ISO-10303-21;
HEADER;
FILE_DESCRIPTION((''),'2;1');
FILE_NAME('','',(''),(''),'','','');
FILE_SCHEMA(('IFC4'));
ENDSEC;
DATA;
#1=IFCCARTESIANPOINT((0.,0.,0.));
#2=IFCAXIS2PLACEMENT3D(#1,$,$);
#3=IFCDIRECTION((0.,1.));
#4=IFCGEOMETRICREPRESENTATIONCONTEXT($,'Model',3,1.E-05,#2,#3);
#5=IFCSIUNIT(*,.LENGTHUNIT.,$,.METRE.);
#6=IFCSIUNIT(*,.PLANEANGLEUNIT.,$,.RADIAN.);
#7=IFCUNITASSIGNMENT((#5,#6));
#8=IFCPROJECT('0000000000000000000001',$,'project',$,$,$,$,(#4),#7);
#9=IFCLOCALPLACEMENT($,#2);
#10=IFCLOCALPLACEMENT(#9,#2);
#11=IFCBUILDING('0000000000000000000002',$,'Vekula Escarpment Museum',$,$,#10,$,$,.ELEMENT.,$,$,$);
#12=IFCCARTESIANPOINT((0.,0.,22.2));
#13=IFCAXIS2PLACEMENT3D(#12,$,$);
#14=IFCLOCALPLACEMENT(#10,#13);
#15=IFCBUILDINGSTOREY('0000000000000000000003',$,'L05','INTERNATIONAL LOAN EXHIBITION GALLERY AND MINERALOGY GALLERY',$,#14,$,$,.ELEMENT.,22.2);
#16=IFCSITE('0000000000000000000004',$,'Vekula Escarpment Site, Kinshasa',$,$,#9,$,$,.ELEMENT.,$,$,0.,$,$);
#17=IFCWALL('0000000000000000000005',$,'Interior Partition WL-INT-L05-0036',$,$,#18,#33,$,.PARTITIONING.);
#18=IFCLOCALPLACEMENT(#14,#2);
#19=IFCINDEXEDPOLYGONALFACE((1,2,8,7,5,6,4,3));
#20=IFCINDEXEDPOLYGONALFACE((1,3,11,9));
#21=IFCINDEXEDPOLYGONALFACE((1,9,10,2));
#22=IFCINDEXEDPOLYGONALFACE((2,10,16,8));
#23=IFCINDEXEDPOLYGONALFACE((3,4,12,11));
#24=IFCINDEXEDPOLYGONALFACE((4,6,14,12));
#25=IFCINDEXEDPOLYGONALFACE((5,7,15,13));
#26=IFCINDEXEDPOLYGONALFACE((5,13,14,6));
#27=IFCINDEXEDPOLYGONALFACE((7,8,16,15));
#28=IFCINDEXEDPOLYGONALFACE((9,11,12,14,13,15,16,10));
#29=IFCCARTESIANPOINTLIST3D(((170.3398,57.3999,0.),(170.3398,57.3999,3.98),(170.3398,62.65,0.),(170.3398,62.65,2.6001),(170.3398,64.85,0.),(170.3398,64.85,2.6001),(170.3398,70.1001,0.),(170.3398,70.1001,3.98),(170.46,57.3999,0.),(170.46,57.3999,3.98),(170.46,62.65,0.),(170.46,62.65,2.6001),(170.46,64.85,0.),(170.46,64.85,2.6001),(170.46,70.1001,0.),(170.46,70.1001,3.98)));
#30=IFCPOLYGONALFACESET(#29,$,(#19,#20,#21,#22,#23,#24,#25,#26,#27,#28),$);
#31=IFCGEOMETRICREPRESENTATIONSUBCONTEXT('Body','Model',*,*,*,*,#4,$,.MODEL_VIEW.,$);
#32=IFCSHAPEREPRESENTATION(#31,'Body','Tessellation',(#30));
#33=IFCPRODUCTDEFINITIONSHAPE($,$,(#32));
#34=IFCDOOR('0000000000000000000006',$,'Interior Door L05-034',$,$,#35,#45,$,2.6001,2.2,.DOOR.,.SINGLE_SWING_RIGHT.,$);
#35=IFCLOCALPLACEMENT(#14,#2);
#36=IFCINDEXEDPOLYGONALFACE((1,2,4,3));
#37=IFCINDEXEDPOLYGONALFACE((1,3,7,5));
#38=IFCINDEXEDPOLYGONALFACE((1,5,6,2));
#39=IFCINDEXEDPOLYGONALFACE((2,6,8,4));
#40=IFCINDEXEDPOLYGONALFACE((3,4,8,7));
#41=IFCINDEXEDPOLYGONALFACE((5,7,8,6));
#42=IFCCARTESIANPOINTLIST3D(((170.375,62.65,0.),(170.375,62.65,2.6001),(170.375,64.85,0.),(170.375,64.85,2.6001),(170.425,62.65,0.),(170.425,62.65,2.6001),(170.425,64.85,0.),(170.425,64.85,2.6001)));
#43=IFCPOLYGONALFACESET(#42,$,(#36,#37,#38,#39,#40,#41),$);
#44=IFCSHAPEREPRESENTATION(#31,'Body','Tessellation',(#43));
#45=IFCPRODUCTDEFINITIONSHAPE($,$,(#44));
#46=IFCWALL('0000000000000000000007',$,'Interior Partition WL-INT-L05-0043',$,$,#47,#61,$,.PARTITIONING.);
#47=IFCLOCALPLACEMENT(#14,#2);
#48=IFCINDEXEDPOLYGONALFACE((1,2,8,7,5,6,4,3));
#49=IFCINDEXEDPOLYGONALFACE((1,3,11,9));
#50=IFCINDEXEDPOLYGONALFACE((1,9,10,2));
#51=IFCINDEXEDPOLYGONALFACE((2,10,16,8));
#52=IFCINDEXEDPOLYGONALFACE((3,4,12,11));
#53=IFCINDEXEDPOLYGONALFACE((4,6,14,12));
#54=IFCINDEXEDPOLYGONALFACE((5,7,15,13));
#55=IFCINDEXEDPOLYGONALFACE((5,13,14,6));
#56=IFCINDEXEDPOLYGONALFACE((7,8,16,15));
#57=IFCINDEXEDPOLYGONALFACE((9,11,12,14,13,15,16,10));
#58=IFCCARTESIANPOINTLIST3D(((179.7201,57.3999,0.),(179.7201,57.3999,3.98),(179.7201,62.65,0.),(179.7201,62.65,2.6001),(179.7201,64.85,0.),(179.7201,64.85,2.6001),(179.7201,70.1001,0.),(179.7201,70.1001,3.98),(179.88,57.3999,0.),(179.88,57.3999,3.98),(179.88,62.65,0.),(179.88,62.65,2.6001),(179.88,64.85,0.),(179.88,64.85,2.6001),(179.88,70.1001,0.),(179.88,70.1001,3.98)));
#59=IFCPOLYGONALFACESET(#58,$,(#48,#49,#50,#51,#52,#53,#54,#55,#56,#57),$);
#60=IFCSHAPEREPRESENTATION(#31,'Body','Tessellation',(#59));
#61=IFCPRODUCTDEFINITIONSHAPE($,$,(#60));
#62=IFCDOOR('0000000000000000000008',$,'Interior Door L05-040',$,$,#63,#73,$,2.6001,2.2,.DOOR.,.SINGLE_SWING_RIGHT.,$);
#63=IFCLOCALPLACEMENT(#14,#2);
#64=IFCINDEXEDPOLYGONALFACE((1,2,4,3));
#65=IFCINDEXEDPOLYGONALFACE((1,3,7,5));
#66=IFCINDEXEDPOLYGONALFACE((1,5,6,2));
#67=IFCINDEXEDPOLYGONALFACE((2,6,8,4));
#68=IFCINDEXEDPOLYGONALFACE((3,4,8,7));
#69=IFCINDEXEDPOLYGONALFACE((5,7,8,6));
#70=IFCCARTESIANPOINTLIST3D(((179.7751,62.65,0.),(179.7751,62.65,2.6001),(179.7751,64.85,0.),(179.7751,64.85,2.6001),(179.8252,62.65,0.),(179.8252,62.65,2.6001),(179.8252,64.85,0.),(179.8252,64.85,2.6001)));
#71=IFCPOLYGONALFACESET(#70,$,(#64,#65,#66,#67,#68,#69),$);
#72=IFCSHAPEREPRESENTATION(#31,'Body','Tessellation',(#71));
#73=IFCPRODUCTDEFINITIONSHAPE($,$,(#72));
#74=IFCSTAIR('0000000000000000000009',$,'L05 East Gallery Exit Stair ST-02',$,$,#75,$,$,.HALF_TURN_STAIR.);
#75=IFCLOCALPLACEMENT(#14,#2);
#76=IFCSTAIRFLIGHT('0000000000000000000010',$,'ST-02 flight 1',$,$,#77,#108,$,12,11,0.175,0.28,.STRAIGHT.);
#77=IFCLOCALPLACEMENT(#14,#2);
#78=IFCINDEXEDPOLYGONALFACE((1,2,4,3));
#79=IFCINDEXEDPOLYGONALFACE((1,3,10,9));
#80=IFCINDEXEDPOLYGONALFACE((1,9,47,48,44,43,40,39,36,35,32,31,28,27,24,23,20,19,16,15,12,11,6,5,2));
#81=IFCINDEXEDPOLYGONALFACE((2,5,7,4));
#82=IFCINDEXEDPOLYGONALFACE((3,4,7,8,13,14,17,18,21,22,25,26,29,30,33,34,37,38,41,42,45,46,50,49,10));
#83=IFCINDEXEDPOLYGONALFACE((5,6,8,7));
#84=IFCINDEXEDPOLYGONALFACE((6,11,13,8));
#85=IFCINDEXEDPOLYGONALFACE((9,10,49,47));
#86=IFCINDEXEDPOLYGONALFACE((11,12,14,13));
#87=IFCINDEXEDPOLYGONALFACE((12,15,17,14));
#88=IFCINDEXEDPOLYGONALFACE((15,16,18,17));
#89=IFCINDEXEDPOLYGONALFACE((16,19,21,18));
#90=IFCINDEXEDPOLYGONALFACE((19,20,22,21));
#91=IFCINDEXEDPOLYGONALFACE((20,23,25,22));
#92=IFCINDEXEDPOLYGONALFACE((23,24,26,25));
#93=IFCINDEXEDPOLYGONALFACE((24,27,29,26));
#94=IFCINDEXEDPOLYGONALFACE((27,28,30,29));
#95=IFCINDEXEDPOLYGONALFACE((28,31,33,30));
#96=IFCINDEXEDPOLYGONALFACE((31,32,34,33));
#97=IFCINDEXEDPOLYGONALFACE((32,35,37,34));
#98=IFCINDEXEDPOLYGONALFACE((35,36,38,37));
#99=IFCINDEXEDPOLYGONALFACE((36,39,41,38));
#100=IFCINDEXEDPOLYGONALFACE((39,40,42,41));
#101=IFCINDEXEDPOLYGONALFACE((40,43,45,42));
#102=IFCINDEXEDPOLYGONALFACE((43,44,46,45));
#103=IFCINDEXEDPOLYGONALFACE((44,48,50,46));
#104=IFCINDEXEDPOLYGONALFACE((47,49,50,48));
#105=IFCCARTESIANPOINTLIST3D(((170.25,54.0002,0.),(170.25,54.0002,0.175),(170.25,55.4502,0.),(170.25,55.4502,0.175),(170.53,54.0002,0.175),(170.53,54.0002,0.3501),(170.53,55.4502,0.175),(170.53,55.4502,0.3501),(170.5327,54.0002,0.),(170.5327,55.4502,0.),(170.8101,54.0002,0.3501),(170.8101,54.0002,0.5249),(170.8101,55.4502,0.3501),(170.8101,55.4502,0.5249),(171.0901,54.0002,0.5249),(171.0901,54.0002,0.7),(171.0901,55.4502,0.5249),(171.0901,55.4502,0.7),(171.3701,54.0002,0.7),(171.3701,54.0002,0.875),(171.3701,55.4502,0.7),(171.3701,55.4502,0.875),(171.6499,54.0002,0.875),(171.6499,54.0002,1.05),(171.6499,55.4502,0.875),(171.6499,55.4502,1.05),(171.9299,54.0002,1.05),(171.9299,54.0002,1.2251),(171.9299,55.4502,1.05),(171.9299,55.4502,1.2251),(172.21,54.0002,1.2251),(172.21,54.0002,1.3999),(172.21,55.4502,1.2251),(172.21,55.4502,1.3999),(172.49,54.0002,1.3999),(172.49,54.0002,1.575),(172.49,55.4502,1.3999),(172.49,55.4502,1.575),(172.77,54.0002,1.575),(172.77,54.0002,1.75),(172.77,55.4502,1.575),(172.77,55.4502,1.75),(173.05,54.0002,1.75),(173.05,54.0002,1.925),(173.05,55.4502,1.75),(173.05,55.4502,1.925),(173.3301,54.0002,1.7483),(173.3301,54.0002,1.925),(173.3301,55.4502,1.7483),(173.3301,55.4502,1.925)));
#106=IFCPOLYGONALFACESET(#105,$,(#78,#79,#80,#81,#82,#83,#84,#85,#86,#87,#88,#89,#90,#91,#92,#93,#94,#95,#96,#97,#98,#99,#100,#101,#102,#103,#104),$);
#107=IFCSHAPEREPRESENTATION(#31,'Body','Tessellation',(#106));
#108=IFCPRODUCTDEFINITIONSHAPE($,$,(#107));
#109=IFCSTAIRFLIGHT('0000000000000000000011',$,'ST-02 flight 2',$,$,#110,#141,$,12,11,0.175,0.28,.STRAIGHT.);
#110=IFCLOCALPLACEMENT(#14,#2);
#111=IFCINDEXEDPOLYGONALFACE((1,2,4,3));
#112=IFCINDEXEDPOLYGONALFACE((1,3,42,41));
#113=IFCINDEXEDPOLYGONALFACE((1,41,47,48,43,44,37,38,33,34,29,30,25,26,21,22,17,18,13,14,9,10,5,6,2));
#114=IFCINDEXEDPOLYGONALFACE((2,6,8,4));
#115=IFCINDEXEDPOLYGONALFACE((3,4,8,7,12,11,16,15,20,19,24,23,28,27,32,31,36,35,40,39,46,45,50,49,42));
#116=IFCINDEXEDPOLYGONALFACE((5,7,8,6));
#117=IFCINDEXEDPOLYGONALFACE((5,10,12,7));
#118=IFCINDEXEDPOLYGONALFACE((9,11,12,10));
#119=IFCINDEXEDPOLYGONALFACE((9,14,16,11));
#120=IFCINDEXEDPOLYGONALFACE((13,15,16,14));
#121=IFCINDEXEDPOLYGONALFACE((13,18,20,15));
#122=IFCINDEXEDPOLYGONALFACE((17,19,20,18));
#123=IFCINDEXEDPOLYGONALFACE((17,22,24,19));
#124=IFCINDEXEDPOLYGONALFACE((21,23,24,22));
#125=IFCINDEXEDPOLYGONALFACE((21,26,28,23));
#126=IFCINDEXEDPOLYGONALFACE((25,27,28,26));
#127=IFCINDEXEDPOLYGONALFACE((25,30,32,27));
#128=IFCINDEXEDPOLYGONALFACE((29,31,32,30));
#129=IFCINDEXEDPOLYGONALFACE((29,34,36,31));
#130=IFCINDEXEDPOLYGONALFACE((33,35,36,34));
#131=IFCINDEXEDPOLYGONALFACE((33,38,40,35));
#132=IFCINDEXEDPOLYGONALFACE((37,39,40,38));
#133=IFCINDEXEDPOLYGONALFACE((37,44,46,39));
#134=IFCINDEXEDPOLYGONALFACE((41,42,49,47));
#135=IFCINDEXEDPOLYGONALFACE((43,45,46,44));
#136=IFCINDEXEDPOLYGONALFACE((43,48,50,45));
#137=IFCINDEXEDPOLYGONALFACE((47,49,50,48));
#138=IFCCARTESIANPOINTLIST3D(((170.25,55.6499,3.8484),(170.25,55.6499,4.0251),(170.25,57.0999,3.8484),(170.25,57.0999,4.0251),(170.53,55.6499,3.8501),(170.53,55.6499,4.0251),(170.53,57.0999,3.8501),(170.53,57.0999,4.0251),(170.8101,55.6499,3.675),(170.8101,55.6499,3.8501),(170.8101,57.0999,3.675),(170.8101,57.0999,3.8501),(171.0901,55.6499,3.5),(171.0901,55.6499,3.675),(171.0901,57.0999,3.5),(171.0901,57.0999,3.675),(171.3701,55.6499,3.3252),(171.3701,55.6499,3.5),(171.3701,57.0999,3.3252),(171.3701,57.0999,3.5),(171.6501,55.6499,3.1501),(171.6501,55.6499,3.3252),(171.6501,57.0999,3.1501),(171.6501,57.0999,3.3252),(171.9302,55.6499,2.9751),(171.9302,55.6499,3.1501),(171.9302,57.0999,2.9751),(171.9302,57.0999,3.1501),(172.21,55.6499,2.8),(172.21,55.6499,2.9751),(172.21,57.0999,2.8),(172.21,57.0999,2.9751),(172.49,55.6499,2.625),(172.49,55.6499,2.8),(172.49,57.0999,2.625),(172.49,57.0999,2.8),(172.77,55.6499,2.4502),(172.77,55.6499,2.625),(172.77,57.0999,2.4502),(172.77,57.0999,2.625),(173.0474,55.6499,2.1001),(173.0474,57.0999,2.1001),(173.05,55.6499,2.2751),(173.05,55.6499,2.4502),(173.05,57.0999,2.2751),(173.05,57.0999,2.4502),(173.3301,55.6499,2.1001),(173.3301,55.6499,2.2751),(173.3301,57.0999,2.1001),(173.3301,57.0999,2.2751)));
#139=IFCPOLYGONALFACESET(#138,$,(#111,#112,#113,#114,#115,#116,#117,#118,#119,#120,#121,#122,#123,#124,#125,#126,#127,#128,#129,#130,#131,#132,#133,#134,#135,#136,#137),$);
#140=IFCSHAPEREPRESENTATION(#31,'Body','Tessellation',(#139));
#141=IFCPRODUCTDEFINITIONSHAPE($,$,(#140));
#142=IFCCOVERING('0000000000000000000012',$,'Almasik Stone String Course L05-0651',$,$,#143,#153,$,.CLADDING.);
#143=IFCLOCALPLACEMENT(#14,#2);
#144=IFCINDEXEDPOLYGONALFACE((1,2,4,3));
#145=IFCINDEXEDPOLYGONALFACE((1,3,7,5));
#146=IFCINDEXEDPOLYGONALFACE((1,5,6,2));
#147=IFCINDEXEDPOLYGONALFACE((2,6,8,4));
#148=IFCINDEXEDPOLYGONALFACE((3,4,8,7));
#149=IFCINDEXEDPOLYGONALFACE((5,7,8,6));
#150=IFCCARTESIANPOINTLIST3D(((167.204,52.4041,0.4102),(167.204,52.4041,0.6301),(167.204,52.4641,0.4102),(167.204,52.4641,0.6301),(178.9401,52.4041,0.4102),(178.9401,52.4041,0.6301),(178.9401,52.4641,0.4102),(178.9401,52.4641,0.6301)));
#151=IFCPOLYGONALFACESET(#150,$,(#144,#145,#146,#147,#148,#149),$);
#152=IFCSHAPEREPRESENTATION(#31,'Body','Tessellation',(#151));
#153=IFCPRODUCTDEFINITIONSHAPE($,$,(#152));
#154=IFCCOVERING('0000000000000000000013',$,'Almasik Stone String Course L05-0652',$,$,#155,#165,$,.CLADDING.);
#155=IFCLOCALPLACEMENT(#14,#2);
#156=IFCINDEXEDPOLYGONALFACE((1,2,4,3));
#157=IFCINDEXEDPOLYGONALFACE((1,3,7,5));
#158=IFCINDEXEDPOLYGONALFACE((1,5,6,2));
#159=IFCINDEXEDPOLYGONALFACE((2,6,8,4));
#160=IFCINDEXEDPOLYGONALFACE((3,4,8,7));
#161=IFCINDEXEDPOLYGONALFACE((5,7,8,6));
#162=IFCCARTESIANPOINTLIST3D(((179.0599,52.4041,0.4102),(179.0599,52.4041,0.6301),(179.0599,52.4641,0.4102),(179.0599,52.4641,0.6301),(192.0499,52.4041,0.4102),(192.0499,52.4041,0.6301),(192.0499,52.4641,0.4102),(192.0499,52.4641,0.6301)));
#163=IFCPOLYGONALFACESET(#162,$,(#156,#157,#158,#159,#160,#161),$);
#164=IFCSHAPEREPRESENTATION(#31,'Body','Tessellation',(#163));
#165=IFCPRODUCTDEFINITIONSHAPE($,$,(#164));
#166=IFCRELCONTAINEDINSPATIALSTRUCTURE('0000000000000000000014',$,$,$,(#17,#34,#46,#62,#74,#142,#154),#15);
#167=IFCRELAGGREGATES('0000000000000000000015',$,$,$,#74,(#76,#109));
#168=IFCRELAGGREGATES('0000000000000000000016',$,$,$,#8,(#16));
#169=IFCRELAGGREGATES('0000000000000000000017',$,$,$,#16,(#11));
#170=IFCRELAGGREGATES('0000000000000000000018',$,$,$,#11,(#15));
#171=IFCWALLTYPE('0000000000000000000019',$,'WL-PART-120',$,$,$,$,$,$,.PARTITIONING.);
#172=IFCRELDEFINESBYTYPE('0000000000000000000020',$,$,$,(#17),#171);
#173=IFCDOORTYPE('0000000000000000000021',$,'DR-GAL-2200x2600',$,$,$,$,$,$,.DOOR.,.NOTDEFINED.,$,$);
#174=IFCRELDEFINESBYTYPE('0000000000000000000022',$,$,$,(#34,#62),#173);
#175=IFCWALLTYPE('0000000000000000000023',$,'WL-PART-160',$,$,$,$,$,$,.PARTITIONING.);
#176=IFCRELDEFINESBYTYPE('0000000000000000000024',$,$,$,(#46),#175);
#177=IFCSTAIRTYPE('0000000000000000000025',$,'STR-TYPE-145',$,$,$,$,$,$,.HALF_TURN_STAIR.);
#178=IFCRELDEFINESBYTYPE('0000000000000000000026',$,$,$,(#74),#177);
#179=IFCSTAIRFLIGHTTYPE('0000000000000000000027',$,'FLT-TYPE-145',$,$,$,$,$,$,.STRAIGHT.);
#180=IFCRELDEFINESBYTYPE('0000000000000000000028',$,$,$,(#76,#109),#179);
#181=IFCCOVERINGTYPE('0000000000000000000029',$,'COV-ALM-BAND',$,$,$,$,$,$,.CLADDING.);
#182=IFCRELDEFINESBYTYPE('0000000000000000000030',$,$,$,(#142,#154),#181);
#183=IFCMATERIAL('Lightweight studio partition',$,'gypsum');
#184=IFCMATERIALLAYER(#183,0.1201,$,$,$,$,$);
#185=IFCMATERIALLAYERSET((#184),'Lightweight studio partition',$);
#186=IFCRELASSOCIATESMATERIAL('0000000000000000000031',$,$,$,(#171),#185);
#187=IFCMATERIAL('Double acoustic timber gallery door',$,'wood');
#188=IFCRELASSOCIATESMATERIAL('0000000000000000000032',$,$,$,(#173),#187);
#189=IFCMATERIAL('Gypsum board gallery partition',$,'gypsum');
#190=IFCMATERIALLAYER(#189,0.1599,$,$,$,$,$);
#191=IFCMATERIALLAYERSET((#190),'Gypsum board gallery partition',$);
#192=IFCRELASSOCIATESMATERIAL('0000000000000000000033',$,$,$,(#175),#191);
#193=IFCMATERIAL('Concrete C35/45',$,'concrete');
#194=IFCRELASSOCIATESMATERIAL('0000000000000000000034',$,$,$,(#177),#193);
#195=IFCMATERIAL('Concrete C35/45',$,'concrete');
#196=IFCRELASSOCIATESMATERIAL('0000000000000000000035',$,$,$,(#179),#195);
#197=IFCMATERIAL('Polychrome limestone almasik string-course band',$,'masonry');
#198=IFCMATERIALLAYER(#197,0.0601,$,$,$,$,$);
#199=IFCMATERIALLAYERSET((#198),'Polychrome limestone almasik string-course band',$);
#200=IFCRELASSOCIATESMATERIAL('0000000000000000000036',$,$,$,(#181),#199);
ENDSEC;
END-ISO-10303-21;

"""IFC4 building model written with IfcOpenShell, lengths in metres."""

from ifc_helpers import new_model, si_unit, direction, frame, frame_2d, origin, origin_2d, place, context, subcontext, project, spatial, polyline, rectangle, outline, extrude, material, layer, layer_set, type_object, element, fill, aggregate, save


model = new_model("IFC4")

# Units and contexts
model_context = context("Model", 3, precision=1e-05, world=origin(), true_north=direction((0.0, 1.0)))
body_context = subcontext(model_context, "Body", "Model", "MODEL_VIEW")
ifc_project = project(units=[si_unit("LENGTHUNIT", "METRE"), si_unit("PLANEANGLEUNIT", "RADIAN")], contexts=[model_context])

# Site, building, storey
site_placement = place(None, origin())
site = spatial("IfcSite", under=ifc_project, at=site_placement, Name="Vekula Escarpment Site, Kinshasa", CompositionType="ELEMENT", RefElevation=0.0)
building_placement = place(site_placement, origin())
building = spatial("IfcBuilding", under=site, at=building_placement, Name="Vekula Escarpment Museum", CompositionType="ELEMENT")
storey_placement = place(building_placement, frame((0.0, 0.0, 22.2)))
storey = spatial("IfcBuildingStorey", under=building, at=storey_placement, Name="L05", Description="INTERNATIONAL LOAN EXHIBITION GALLERY AND MINERALOGY GALLERY", CompositionType="ELEMENT", Elevation=22.2)

# Walls, openings, doors
ifc_material_1 = material(Name="Lightweight studio partition", Category="gypsum")
ifc_layer_1 = layer(ifc_material_1, 0.1201)
ifc_layer_set_1 = layer_set([ifc_layer_1], Name="Lightweight studio partition")
wall_type_1 = type_object("IfcWallType", Name="WL-PART-120", PredefinedType="PARTITIONING", material=ifc_layer_set_1)
wall_1_placement = place(storey_placement, frame((170.3999, 57.3999, 0.0), z_axis=(0.0, 0.0, 1.0), x_axis=(0.0, 1.0, 0.0)))
wall_1 = element("IfcWall", 1, at=wall_1_placement, inside=storey, type_object=wall_type_1, Name="Interior Partition WL-INT-L05-0036", PredefinedType="PARTITIONING", context=body_context, shape_type="SweptSolid", body=[
    extrude(rectangle(XDim=12.7002, YDim=0.1201, at=frame_2d((6.3501, 0.0))), origin(), (0.0, 0.0, 1.0), 3.98),
])
opening_1_placement = place(wall_1_placement, frame((5.25, 0.0, 0.0)))
opening_1 = element("IfcOpeningElement", 2, at=opening_1_placement, cuts=wall_1, PredefinedType="OPENING", context=body_context, shape_type="SweptSolid", body=[
    extrude(rectangle(XDim=2.2, YDim=2.6001, at=frame_2d((1.1001, 1.3))), frame((0.0, 0.0701, 0.0), z_axis=(0.0, -1.0, 0.0), x_axis=(1.0, 0.0, 0.0)), (0.0, 0.0, 1.0), 0.1401),
])
ifc_material_2 = material(Name="Double acoustic timber gallery door", Category="wood")
door_type_1 = type_object("IfcDoorType", Name="DR-GAL-2200x2600", OperationType="NOTDEFINED", PredefinedType="DOOR", material=ifc_material_2)
door_1_placement = place(opening_1_placement, origin())
door_1 = element("IfcDoor", 3, at=door_1_placement, inside=storey, type_object=door_type_1, Name="Interior Door L05-034", OperationType="SINGLE_SWING_RIGHT", OverallHeight=2.6001, OverallWidth=2.2, PredefinedType="DOOR", context=body_context, shape_type="SweptSolid", body=[
    extrude(rectangle(XDim=2.2, YDim=2.6001, at=frame_2d((1.1001, 1.3))), frame((0.0, 0.0249, 0.0), z_axis=(0.0, -1.0, 0.0), x_axis=(1.0, 0.0, 0.0)), (0.0, 0.0, 1.0), 0.05),
])
fill(opening_1, door_1)
ifc_material_3 = material(Name="Gypsum board gallery partition", Category="gypsum")
ifc_layer_2 = layer(ifc_material_3, 0.1599)
ifc_layer_set_2 = layer_set([ifc_layer_2], Name="Gypsum board gallery partition")
wall_type_2 = type_object("IfcWallType", Name="WL-PART-160", PredefinedType="PARTITIONING", material=ifc_layer_set_2)
wall_2_placement = place(storey_placement, frame((179.8, 57.3999, 0.0), z_axis=(0.0, 0.0, 1.0), x_axis=(0.0, 1.0, 0.0)))
wall_2 = element("IfcWall", 4, at=wall_2_placement, inside=storey, type_object=wall_type_2, Name="Interior Partition WL-INT-L05-0043", PredefinedType="PARTITIONING", context=body_context, shape_type="SweptSolid", body=[
    extrude(rectangle(XDim=12.7002, YDim=0.1599, at=frame_2d((6.3501, 0.0))), origin(), (0.0, 0.0, 1.0), 3.98),
])
opening_2_placement = place(wall_2_placement, frame((5.25, 0.0, 0.0)))
opening_2 = element("IfcOpeningElement", 5, at=opening_2_placement, cuts=wall_2, PredefinedType="OPENING", context=body_context, shape_type="SweptSolid", body=[
    extrude(rectangle(XDim=2.2, YDim=2.6001, at=frame_2d((1.1001, 1.3))), frame((0.0, 0.0898, 0.0), z_axis=(0.0, -1.0, 0.0), x_axis=(1.0, 0.0, 0.0)), (0.0, 0.0, 1.0), 0.1799),
])
door_2_placement = place(opening_2_placement, origin())
door_2 = element("IfcDoor", 6, at=door_2_placement, inside=storey, type_object=door_type_1, Name="Interior Door L05-040", OperationType="SINGLE_SWING_RIGHT", OverallHeight=2.6001, OverallWidth=2.2, PredefinedType="DOOR", context=body_context, shape_type="SweptSolid", body=[
    extrude(rectangle(XDim=2.2, YDim=2.6001, at=frame_2d((1.1001, 1.3))), frame((0.0, 0.0249, 0.0), z_axis=(0.0, -1.0, 0.0), x_axis=(1.0, 0.0, 0.0)), (0.0, 0.0, 1.0), 0.05),
])
fill(opening_2, door_2)

# Stair, stair flights
ifc_material_4 = material(Name="Concrete C35/45", Category="concrete")
stair_type = type_object("IfcStairType", Name="STR-TYPE-145", PredefinedType="HALF_TURN_STAIR", material=ifc_material_4)
stair_placement = place(storey_placement, origin())
stair = element("IfcStair", 7, at=stair_placement, inside=storey, type_object=stair_type, Name="L05 East Gallery Exit Stair ST-02", PredefinedType="HALF_TURN_STAIR")
ifc_material_5 = material(Name="Concrete C35/45", Category="concrete")
stair_flight_type = type_object("IfcStairFlightType", Name="FLT-TYPE-145", PredefinedType="STRAIGHT", material=ifc_material_5)
stair_flight_1_placement = place(storey_placement, frame((170.25, 54.7251, 0.0), z_axis=(0.0, 0.0, 1.0), x_axis=(1.0, 0.0, 0.0)))
stair_flight_1 = element("IfcStairFlight", 8, at=stair_flight_1_placement, type_object=stair_flight_type, Name="ST-02 flight 1", NumberOfRisers=12, NumberOfTreads=11, PredefinedType="STRAIGHT", RiserHeight=0.175, TreadLength=0.28, context=body_context, shape_type="SweptSolid", body=[
    extrude(outline(polyline([(0.0, 0.0), (0.0, 0.175), (0.28, 0.175), (0.28, 0.3501), (0.5601, 0.3501), (0.5601, 0.5249), (0.8401, 0.5249), (0.8401, 0.7), (1.1201, 0.7), (1.1201, 0.875), (1.3999, 0.875), (1.3999, 1.05), (1.6799, 1.05), (1.6799, 1.2251), (1.96, 1.2251), (1.96, 1.3999), (2.24, 1.3999), (2.24, 1.575), (2.52, 1.575), (2.52, 1.75), (2.8, 1.75), (2.8, 1.925), (3.0801, 1.925), (3.0801, 2.1001), (3.0801, 1.7483), (0.2827, 0.0), (0.0, 0.0)])), frame((0.0, 0.7251, 0.0), z_axis=(0.0, -1.0, 0.0), x_axis=(1.0, 0.0, 0.0)), (0.0, 0.0, 1.0), 1.45),
])
stair_flight_2_placement = place(storey_placement, frame((173.3301, 56.375, 2.1001), z_axis=(0.0, 0.0, 1.0), x_axis=(-1.0, 0.0, 0.0)))
stair_flight_2 = element("IfcStairFlight", 9, at=stair_flight_2_placement, type_object=stair_flight_type, Name="ST-02 flight 2", NumberOfRisers=12, NumberOfTreads=11, PredefinedType="STRAIGHT", RiserHeight=0.175, TreadLength=0.28, context=body_context, shape_type="SweptSolid", body=[
    extrude(outline(polyline([(0.0, 0.0), (0.0, 0.175), (0.28, 0.175), (0.28, 0.3501), (0.5601, 0.3501), (0.5601, 0.5249), (0.8401, 0.5249), (0.8401, 0.7), (1.1201, 0.7), (1.1201, 0.875), (1.3999, 0.875), (1.3999, 1.05), (1.6799, 1.05), (1.6799, 1.2251), (1.96, 1.2251), (1.96, 1.3999), (2.24, 1.3999), (2.24, 1.575), (2.52, 1.575), (2.52, 1.75), (2.8, 1.75), (2.8, 1.925), (3.0801, 1.925), (3.0801, 2.1001), (3.0801, 1.7483), (0.2827, 0.0), (0.0, 0.0)])), frame((0.0, 0.7251, 0.0), z_axis=(0.0, -1.0, 0.0), x_axis=(1.0, 0.0, 0.0)), (0.0, 0.0, 1.0), 1.45),
])
aggregate(stair, [stair_flight_1, stair_flight_2])

# Coverings
ifc_material_6 = material(Name="Polychrome limestone almasik string-course band", Category="masonry")
ifc_layer_3 = layer(ifc_material_6, 0.0601)
ifc_layer_set_3 = layer_set([ifc_layer_3], Name="Polychrome limestone almasik string-course band")
covering_type = type_object("IfcCoveringType", Name="COV-ALM-BAND", PredefinedType="CLADDING", material=ifc_layer_set_3)
covering_1_placement = place(storey_placement, frame((173.072, 52.4341, 0.4102), z_axis=(0.0, 0.0, 1.0), x_axis=(1.0, 0.0, 0.0)))
element("IfcCovering", 10, at=covering_1_placement, inside=storey, type_object=covering_type, Name="Almasik Stone String Course L05-0651", PredefinedType="CLADDING", context=body_context, shape_type="SweptSolid", body=[
    extrude(rectangle(XDim=11.7361, YDim=0.0601, at=origin_2d()), origin(), (0.0, 0.0, 1.0), 0.22),
])
covering_2_placement = place(storey_placement, frame((185.5549, 52.4341, 0.4102), z_axis=(0.0, 0.0, 1.0), x_axis=(1.0, 0.0, 0.0)))
element("IfcCovering", 11, at=covering_2_placement, inside=storey, type_object=covering_type, Name="Almasik Stone String Course L05-0652", PredefinedType="CLADDING", context=body_context, shape_type="SweptSolid", body=[
    extrude(rectangle(XDim=12.99, YDim=0.0601, at=origin_2d()), origin(), (0.0, 0.0, 1.0), 0.22),
])

save(model, "model.ifc")
